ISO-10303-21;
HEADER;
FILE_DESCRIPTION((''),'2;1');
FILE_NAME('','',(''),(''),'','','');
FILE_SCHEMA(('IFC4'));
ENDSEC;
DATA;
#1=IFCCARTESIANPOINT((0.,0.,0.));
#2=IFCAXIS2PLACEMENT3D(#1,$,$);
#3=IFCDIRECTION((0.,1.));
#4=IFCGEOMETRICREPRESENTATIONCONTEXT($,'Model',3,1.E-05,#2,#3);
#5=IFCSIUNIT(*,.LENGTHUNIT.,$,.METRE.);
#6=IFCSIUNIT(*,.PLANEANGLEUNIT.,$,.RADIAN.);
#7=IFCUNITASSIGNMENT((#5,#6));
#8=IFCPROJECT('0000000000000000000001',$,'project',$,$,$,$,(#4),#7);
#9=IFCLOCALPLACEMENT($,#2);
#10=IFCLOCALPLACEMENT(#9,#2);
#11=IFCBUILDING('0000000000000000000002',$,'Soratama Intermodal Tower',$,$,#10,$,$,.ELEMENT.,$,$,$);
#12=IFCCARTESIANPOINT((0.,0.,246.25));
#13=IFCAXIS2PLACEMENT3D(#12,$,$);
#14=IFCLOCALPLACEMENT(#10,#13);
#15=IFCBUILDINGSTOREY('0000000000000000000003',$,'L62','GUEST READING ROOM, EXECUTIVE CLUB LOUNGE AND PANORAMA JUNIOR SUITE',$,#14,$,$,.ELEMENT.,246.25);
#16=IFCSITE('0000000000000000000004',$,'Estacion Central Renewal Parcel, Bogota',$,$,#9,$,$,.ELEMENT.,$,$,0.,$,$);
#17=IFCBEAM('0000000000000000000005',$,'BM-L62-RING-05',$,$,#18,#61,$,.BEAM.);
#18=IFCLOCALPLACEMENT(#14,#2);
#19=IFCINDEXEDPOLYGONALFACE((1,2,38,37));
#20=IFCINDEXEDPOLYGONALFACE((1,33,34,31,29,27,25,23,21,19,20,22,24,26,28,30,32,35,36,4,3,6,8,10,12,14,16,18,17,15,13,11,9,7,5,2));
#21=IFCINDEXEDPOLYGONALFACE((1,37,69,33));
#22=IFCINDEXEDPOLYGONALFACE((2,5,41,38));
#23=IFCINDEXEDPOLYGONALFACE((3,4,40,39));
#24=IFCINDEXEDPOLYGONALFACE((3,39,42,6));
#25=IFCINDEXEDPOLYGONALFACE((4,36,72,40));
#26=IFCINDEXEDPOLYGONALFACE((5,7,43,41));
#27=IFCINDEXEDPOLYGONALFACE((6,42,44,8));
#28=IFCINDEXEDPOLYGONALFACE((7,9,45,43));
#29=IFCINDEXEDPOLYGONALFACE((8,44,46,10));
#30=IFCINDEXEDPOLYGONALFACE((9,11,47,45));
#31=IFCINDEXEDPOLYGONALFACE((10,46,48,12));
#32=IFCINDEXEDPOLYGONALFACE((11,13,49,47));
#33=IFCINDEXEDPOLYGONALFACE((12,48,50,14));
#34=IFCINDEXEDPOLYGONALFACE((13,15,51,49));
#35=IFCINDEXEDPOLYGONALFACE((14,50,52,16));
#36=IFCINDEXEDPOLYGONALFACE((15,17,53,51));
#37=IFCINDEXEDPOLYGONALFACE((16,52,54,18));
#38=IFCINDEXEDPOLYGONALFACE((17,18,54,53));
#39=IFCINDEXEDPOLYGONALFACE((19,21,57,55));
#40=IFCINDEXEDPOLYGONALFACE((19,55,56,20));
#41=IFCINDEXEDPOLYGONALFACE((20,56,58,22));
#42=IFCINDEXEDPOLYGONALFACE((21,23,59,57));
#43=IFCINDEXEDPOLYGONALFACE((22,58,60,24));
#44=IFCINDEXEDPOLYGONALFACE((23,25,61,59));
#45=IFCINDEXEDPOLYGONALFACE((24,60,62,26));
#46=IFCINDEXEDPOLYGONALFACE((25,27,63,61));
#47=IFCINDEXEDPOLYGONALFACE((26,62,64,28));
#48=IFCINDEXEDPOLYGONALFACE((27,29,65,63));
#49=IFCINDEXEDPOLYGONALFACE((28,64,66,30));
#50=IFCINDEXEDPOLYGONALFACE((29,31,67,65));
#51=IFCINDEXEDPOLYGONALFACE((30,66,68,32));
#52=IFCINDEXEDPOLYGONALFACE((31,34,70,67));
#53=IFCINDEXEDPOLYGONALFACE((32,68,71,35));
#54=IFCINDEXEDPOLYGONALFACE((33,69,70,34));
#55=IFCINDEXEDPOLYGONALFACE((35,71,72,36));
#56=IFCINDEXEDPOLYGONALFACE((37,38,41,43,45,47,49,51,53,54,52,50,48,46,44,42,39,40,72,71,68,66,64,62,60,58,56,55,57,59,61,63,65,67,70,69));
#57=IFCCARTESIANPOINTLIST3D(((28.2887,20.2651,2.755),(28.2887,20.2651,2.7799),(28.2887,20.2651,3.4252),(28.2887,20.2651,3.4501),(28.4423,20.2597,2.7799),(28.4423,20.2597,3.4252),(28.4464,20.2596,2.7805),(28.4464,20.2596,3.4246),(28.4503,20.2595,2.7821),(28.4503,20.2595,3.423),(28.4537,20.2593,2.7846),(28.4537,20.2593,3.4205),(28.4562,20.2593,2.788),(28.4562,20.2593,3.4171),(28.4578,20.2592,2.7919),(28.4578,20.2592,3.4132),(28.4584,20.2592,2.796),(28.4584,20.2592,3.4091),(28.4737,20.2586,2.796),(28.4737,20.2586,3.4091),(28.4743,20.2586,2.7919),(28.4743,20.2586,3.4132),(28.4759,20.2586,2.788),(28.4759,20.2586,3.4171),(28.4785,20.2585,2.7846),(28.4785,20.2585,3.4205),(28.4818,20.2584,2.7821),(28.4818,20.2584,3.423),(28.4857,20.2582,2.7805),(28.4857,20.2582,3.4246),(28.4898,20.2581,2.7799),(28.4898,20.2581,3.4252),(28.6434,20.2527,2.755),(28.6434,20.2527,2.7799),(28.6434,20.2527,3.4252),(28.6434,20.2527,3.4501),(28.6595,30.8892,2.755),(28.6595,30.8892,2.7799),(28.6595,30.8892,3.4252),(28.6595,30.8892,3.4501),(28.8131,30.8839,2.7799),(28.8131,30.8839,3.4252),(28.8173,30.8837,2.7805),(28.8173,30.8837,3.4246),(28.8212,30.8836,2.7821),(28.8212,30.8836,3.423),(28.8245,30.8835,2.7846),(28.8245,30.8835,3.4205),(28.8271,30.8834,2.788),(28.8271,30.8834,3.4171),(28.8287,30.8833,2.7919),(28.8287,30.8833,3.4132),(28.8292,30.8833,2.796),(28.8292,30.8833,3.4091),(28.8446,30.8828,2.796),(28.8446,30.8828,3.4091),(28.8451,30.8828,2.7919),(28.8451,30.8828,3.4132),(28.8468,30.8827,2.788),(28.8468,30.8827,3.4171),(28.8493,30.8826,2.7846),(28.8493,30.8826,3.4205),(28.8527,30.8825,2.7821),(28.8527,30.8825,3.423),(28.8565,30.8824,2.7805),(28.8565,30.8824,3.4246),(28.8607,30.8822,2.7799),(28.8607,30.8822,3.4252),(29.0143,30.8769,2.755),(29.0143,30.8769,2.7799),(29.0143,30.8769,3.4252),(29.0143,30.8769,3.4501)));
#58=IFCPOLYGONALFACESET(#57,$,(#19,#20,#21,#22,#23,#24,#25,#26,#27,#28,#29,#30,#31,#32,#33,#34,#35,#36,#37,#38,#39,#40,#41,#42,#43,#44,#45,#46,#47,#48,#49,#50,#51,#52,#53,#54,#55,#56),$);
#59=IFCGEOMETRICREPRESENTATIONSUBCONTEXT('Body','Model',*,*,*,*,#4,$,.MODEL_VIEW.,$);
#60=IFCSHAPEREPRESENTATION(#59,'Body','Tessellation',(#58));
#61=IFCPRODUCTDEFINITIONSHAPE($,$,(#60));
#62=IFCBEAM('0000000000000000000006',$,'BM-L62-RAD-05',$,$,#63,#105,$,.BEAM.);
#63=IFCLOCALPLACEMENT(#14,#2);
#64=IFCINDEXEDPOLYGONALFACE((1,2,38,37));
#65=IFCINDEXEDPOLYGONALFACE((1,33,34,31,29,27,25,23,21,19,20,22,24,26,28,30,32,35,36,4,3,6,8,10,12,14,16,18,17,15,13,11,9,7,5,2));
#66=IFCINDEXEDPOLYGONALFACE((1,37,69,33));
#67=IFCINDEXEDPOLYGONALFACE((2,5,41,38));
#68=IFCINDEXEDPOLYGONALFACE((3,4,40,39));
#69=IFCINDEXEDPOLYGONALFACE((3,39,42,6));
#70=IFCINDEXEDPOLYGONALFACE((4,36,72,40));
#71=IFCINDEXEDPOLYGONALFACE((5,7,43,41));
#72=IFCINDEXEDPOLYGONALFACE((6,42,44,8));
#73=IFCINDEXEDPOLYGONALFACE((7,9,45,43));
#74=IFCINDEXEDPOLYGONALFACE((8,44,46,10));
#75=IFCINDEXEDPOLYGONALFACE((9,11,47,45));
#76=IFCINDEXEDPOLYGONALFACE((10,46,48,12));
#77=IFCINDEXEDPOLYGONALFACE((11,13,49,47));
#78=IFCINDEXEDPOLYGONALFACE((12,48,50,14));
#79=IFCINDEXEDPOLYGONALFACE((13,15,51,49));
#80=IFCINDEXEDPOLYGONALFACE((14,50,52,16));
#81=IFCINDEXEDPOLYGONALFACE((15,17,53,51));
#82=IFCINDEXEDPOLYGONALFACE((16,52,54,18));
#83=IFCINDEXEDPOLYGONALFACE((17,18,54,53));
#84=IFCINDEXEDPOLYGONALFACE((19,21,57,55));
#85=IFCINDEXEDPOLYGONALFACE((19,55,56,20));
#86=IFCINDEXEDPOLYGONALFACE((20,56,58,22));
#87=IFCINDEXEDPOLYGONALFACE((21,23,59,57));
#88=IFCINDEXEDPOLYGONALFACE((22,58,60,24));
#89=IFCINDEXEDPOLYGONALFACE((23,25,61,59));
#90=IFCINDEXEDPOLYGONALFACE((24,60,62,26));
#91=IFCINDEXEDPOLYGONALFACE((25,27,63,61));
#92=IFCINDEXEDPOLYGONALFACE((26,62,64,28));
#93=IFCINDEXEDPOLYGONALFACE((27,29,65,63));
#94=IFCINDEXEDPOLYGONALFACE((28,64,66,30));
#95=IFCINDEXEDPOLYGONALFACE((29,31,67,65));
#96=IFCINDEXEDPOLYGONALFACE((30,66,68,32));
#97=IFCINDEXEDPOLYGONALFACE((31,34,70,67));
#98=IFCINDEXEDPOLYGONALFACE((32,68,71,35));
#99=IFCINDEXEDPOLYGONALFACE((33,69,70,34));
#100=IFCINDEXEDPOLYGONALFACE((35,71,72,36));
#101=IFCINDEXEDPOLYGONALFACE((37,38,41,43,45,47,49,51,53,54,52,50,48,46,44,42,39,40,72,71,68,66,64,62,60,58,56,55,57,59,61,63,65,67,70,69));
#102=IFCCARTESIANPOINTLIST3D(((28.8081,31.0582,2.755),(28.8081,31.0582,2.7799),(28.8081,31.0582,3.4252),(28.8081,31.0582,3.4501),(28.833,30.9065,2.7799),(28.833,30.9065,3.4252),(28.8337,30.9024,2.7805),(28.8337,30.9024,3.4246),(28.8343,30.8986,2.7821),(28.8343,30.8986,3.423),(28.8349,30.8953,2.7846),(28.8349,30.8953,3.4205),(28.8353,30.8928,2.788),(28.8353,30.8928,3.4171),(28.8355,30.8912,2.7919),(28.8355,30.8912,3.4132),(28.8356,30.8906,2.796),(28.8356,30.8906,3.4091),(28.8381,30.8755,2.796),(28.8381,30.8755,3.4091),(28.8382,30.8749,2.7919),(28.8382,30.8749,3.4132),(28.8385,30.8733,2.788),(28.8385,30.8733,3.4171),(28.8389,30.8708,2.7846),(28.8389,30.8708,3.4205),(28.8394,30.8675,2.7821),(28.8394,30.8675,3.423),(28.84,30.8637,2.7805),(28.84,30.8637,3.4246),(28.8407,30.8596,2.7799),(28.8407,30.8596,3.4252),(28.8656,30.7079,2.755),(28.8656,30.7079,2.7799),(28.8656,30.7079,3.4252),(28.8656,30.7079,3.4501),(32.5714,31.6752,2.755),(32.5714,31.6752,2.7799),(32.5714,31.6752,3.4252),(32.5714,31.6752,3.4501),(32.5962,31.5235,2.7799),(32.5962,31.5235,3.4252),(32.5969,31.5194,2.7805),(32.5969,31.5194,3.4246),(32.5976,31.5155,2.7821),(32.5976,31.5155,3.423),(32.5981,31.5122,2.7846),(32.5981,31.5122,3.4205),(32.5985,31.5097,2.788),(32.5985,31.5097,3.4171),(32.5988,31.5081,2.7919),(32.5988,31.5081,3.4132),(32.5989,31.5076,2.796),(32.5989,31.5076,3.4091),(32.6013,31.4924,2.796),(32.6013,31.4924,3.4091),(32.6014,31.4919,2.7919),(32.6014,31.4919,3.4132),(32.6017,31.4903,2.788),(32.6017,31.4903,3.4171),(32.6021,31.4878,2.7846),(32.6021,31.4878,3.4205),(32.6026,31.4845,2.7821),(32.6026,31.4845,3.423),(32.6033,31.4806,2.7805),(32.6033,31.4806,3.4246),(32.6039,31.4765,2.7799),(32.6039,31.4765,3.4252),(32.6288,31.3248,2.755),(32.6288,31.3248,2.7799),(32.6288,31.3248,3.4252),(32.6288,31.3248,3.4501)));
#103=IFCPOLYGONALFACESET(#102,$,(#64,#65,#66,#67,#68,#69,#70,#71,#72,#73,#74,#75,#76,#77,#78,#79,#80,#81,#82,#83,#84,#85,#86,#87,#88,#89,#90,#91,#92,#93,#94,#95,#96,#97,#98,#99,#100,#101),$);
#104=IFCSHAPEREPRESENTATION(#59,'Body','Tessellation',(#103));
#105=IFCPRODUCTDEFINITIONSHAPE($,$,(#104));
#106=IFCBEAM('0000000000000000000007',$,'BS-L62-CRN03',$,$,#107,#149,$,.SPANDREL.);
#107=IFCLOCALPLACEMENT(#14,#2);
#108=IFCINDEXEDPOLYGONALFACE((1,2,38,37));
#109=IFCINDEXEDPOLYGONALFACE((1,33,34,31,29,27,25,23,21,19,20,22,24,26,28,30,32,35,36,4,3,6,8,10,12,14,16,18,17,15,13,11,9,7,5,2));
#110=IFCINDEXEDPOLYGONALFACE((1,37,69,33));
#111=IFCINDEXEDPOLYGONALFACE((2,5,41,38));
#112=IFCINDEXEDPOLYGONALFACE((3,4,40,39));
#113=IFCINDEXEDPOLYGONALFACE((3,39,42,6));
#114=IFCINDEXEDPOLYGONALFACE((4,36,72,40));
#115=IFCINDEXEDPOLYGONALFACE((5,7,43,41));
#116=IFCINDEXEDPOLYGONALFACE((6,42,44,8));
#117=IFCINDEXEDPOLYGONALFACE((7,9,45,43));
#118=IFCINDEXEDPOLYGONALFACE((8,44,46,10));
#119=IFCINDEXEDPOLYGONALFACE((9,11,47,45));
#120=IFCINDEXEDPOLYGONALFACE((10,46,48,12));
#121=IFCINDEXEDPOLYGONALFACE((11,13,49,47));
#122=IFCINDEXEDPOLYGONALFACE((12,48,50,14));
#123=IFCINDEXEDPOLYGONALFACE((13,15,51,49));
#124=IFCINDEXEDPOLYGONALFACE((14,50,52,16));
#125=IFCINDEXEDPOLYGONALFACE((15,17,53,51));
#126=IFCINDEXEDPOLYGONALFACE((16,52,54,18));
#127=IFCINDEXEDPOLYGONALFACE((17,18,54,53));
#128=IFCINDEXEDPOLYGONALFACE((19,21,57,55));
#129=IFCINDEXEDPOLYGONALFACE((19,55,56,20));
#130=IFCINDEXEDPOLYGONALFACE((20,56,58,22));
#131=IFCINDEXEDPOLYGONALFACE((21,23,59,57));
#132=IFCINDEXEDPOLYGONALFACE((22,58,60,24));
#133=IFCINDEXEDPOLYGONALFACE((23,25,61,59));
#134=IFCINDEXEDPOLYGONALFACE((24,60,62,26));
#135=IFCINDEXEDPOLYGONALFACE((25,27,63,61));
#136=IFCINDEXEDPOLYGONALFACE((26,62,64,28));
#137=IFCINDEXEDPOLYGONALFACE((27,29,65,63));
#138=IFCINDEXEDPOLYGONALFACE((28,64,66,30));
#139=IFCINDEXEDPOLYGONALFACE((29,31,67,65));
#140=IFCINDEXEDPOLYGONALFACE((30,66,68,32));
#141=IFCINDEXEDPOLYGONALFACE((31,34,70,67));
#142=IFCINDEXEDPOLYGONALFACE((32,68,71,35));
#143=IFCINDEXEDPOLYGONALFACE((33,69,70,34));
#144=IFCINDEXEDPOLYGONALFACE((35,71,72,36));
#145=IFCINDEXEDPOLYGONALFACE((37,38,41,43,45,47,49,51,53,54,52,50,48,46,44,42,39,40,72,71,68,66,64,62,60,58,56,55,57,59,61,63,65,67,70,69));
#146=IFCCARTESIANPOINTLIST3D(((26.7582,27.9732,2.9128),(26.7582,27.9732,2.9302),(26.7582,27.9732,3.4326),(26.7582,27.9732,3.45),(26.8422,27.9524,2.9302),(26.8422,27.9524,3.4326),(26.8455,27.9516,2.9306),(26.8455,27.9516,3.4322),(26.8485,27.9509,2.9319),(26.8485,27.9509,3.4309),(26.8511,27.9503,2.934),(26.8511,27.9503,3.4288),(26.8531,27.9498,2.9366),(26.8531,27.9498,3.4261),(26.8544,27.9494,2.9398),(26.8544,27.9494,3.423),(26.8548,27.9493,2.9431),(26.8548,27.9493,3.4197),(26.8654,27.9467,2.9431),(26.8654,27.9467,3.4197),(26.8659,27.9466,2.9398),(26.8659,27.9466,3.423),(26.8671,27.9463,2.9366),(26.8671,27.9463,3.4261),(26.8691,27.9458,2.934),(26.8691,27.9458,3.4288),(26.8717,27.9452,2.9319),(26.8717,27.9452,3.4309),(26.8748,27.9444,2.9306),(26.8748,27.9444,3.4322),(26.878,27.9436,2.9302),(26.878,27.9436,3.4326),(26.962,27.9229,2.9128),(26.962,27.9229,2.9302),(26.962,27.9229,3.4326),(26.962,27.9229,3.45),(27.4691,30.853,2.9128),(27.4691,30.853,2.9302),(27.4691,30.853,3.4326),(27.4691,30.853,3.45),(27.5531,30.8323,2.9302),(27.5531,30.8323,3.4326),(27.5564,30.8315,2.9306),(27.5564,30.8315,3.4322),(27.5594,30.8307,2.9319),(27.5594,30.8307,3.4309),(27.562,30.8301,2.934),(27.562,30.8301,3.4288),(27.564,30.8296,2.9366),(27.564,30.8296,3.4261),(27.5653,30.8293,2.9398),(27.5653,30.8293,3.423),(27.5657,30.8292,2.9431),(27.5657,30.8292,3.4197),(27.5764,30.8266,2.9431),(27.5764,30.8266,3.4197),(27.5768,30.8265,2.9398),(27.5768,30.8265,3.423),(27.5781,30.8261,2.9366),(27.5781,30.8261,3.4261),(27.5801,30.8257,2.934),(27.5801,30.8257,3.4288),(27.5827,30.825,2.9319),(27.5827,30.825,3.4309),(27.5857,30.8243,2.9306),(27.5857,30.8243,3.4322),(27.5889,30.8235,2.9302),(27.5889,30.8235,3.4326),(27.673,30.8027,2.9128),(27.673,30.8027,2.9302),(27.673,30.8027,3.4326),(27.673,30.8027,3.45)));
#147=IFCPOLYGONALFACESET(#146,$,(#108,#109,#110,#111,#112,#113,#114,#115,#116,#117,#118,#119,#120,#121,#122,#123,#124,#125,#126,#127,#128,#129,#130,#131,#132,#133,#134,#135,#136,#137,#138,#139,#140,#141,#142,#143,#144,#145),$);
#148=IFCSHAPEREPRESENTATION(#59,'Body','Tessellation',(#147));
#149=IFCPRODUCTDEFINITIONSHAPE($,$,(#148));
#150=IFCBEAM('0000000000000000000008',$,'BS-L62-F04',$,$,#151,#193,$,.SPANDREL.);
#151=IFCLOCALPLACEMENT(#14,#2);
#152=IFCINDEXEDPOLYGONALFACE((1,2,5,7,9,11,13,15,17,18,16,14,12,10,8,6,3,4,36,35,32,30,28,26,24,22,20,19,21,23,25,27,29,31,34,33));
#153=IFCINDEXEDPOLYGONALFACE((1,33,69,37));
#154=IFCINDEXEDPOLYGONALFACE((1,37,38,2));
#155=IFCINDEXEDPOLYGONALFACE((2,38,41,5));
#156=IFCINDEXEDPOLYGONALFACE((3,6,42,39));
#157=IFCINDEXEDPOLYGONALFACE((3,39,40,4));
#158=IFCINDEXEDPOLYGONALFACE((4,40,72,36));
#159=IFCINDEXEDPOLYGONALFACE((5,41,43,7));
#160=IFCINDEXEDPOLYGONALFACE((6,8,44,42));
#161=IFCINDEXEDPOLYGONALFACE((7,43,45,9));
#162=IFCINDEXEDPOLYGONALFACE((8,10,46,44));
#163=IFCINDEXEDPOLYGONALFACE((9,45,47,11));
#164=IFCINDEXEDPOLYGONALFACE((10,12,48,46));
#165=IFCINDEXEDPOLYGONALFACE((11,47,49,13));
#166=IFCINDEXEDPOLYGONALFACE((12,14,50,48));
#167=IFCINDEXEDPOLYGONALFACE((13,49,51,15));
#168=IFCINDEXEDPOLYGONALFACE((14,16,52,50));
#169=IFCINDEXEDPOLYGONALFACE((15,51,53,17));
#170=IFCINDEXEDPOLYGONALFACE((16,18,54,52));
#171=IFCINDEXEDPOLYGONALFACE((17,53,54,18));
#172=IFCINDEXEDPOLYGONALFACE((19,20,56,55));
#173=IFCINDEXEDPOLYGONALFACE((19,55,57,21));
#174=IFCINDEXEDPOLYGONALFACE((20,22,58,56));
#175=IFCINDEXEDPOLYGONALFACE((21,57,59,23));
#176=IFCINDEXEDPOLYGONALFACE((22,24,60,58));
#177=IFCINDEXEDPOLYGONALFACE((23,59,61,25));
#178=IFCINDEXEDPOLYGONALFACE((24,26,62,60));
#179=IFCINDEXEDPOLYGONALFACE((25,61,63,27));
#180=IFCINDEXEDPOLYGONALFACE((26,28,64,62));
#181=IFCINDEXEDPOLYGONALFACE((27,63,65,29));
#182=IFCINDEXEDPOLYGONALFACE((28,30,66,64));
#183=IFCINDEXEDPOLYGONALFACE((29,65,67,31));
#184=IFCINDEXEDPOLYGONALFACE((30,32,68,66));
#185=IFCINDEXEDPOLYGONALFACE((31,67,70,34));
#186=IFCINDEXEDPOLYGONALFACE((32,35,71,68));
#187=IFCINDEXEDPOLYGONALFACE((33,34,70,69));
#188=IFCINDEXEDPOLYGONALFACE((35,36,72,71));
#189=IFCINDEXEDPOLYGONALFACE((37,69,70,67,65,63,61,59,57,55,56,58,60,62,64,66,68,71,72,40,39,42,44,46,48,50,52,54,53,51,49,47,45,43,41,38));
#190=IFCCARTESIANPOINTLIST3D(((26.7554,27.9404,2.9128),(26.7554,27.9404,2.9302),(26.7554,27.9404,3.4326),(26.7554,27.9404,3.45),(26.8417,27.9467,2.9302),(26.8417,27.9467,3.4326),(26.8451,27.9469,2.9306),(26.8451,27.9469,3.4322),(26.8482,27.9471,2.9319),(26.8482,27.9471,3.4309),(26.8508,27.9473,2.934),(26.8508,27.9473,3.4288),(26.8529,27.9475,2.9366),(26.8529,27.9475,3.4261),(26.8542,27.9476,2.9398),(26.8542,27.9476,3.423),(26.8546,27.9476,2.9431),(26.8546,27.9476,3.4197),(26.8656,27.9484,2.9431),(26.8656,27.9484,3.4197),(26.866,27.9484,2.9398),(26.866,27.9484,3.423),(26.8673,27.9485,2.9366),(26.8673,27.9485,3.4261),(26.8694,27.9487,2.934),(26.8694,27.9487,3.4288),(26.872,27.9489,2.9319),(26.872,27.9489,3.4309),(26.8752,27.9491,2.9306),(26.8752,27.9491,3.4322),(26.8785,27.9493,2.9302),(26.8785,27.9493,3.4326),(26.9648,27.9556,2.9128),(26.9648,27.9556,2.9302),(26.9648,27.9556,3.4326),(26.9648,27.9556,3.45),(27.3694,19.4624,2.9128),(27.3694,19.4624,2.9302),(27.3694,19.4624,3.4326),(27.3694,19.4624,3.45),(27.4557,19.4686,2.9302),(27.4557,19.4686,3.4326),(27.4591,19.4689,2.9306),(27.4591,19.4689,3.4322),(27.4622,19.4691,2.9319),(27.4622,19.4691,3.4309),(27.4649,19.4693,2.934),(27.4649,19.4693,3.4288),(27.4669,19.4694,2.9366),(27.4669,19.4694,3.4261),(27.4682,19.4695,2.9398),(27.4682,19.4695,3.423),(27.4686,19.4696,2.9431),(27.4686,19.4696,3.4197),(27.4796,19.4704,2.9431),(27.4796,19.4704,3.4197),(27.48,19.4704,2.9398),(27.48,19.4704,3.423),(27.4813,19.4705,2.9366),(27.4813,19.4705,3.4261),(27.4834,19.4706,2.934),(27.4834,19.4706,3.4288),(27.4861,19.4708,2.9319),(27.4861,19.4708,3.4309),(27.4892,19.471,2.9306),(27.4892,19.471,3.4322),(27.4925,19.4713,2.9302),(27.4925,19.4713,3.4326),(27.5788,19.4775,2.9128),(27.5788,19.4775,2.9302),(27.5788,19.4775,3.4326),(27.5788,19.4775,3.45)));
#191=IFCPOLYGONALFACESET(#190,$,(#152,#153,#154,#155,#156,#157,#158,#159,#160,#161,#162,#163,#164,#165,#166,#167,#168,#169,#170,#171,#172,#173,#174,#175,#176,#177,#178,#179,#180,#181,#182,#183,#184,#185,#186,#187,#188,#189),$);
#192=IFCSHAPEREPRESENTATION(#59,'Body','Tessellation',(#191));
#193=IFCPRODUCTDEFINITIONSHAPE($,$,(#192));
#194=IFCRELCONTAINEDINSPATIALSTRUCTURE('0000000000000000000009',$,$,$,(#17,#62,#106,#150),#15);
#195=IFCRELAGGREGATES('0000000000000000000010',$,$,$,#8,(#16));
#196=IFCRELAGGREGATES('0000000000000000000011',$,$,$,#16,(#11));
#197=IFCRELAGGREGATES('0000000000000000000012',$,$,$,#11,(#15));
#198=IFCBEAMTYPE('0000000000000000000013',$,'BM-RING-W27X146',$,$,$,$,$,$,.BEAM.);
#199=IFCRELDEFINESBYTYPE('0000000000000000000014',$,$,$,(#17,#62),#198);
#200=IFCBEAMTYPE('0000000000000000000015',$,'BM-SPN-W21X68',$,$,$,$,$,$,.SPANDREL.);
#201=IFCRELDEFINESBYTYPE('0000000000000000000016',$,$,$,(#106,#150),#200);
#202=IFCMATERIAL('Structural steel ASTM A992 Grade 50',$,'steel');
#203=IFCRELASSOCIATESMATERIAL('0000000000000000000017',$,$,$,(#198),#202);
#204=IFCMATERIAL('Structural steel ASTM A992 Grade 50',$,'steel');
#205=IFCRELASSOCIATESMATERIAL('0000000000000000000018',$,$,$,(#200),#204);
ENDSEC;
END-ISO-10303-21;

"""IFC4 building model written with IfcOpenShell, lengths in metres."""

from ifc_helpers import new_model, si_unit, direction, frame, origin, origin_2d, place, context, subcontext, project, spatial, i_section, extrude, material, material_profile, profile_set, type_object, element, save


model = new_model("IFC4")

# Units and contexts
model_context = context("Model", 3, precision=1e-05, world=origin(), true_north=direction((0.0, 1.0)))
body_context = subcontext(model_context, "Body", "Model", "MODEL_VIEW")
ifc_project = project(units=[si_unit("LENGTHUNIT", "METRE"), si_unit("PLANEANGLEUNIT", "RADIAN")], contexts=[model_context])

# Site, building, storey
site_placement = place(None, origin())
site = spatial("IfcSite", under=ifc_project, at=site_placement, Name="Estacion Central Renewal Parcel, Bogota", CompositionType="ELEMENT", RefElevation=0.0)
building_placement = place(site_placement, origin())
building = spatial("IfcBuilding", under=site, at=building_placement, Name="Soratama Intermodal Tower", CompositionType="ELEMENT")
storey_placement = place(building_placement, frame((0.0, 0.0, 246.25)))
storey = spatial("IfcBuildingStorey", under=building, at=storey_placement, Name="L62", Description="GUEST READING ROOM, EXECUTIVE CLUB LOUNGE AND PANORAMA JUNIOR SUITE", CompositionType="ELEMENT", Elevation=246.25)

# Beams
ifc_material_1 = material(Name="Structural steel ASTM A992 Grade 50", Category="steel")
ifc_material_profile_1 = material_profile(ifc_material_1, i_section(OverallWidth=0.355, OverallDepth=0.6951, WebThickness=0.0154, FlangeThickness=0.0249, FilletRadius=0.0161, at=origin_2d()), Name="W27X146")
ifc_profile_set_1 = profile_set([ifc_material_profile_1], Name="Structural steel ASTM A992 Grade 50")
beam_type_1 = type_object("IfcBeamType", Name="BM-RING-W27X146", PredefinedType="BEAM", material=ifc_profile_set_1)
beam_1_placement = place(storey_placement, frame((28.8369, 30.8831, 3.1025), z_axis=(-0.034885, -0.999391, 0.0), x_axis=(0.999391, -0.034885, 0.0)))
element("IfcBeam", 1, at=beam_1_placement, inside=storey, type_object=beam_type_1, Name="BM-L62-RING-05", PredefinedType="BEAM", context=body_context, shape_type="SweptSolid", body=[
    extrude(i_section(OverallWidth=0.355, OverallDepth=0.6951, WebThickness=0.0154, FlangeThickness=0.0249, FilletRadius=0.0161, at=origin_2d()), origin(), (0.0, 0.0, 1.0), 10.6306),
])
beam_2_placement = place(storey_placement, frame((32.6001, 31.5, 3.1025), z_axis=(-0.986826, -0.161782, 0.0), x_axis=(0.161782, -0.986826, 0.0)))
element("IfcBeam", 2, at=beam_2_placement, inside=storey, type_object=beam_type_1, Name="BM-L62-RAD-05", PredefinedType="BEAM", context=body_context, shape_type="SweptSolid", body=[
    extrude(i_section(OverallWidth=0.355, OverallDepth=0.6951, WebThickness=0.0154, FlangeThickness=0.0249, FilletRadius=0.0161, at=origin_2d()), origin(), (0.0, 0.0, 1.0), 3.8135),
])
ifc_material_2 = material(Name="Structural steel ASTM A992 Grade 50", Category="steel")
ifc_material_profile_2 = material_profile(ifc_material_2, i_section(OverallWidth=0.21, OverallDepth=0.5371, WebThickness=0.011, FlangeThickness=0.0173, FilletRadius=0.0129, at=origin_2d()), Name="W21X68")
ifc_profile_set_2 = profile_set([ifc_material_profile_2], Name="Structural steel ASTM A992 Grade 50")
beam_type_2 = type_object("IfcBeamType", Name="BM-SPN-W21X68", PredefinedType="SPANDREL", material=ifc_profile_set_2)
beam_3_placement = place(storey_placement, frame((27.571, 30.8279, 3.1814), z_axis=(-0.239668, -0.970855, 0.0), x_axis=(0.970855, -0.239668, 0.0)))
element("IfcBeam", 3, at=beam_3_placement, inside=storey, type_object=beam_type_2, Name="BS-L62-CRN03", PredefinedType="SPANDREL", context=body_context, shape_type="SweptSolid", body=[
    extrude(i_section(OverallWidth=0.21, OverallDepth=0.5371, WebThickness=0.011, FlangeThickness=0.0173, FilletRadius=0.0129, at=origin_2d()), origin(), (0.0, 0.0, 1.0), 2.9663),
])
beam_4_placement = place(storey_placement, frame((26.8601, 27.948, 3.1814), z_axis=(0.072235, -0.997388, 0.0), x_axis=(0.997388, 0.072235, 0.0)))
element("IfcBeam", 4, at=beam_4_placement, inside=storey, type_object=beam_type_2, Name="BS-L62-F04", PredefinedType="SPANDREL", context=body_context, shape_type="SweptSolid", body=[
    extrude(i_section(OverallWidth=0.21, OverallDepth=0.5371, WebThickness=0.011, FlangeThickness=0.0173, FilletRadius=0.0129, at=origin_2d()), origin(), (0.0, 0.0, 1.0), 8.5002),
])

save(model, "model.ifc")
